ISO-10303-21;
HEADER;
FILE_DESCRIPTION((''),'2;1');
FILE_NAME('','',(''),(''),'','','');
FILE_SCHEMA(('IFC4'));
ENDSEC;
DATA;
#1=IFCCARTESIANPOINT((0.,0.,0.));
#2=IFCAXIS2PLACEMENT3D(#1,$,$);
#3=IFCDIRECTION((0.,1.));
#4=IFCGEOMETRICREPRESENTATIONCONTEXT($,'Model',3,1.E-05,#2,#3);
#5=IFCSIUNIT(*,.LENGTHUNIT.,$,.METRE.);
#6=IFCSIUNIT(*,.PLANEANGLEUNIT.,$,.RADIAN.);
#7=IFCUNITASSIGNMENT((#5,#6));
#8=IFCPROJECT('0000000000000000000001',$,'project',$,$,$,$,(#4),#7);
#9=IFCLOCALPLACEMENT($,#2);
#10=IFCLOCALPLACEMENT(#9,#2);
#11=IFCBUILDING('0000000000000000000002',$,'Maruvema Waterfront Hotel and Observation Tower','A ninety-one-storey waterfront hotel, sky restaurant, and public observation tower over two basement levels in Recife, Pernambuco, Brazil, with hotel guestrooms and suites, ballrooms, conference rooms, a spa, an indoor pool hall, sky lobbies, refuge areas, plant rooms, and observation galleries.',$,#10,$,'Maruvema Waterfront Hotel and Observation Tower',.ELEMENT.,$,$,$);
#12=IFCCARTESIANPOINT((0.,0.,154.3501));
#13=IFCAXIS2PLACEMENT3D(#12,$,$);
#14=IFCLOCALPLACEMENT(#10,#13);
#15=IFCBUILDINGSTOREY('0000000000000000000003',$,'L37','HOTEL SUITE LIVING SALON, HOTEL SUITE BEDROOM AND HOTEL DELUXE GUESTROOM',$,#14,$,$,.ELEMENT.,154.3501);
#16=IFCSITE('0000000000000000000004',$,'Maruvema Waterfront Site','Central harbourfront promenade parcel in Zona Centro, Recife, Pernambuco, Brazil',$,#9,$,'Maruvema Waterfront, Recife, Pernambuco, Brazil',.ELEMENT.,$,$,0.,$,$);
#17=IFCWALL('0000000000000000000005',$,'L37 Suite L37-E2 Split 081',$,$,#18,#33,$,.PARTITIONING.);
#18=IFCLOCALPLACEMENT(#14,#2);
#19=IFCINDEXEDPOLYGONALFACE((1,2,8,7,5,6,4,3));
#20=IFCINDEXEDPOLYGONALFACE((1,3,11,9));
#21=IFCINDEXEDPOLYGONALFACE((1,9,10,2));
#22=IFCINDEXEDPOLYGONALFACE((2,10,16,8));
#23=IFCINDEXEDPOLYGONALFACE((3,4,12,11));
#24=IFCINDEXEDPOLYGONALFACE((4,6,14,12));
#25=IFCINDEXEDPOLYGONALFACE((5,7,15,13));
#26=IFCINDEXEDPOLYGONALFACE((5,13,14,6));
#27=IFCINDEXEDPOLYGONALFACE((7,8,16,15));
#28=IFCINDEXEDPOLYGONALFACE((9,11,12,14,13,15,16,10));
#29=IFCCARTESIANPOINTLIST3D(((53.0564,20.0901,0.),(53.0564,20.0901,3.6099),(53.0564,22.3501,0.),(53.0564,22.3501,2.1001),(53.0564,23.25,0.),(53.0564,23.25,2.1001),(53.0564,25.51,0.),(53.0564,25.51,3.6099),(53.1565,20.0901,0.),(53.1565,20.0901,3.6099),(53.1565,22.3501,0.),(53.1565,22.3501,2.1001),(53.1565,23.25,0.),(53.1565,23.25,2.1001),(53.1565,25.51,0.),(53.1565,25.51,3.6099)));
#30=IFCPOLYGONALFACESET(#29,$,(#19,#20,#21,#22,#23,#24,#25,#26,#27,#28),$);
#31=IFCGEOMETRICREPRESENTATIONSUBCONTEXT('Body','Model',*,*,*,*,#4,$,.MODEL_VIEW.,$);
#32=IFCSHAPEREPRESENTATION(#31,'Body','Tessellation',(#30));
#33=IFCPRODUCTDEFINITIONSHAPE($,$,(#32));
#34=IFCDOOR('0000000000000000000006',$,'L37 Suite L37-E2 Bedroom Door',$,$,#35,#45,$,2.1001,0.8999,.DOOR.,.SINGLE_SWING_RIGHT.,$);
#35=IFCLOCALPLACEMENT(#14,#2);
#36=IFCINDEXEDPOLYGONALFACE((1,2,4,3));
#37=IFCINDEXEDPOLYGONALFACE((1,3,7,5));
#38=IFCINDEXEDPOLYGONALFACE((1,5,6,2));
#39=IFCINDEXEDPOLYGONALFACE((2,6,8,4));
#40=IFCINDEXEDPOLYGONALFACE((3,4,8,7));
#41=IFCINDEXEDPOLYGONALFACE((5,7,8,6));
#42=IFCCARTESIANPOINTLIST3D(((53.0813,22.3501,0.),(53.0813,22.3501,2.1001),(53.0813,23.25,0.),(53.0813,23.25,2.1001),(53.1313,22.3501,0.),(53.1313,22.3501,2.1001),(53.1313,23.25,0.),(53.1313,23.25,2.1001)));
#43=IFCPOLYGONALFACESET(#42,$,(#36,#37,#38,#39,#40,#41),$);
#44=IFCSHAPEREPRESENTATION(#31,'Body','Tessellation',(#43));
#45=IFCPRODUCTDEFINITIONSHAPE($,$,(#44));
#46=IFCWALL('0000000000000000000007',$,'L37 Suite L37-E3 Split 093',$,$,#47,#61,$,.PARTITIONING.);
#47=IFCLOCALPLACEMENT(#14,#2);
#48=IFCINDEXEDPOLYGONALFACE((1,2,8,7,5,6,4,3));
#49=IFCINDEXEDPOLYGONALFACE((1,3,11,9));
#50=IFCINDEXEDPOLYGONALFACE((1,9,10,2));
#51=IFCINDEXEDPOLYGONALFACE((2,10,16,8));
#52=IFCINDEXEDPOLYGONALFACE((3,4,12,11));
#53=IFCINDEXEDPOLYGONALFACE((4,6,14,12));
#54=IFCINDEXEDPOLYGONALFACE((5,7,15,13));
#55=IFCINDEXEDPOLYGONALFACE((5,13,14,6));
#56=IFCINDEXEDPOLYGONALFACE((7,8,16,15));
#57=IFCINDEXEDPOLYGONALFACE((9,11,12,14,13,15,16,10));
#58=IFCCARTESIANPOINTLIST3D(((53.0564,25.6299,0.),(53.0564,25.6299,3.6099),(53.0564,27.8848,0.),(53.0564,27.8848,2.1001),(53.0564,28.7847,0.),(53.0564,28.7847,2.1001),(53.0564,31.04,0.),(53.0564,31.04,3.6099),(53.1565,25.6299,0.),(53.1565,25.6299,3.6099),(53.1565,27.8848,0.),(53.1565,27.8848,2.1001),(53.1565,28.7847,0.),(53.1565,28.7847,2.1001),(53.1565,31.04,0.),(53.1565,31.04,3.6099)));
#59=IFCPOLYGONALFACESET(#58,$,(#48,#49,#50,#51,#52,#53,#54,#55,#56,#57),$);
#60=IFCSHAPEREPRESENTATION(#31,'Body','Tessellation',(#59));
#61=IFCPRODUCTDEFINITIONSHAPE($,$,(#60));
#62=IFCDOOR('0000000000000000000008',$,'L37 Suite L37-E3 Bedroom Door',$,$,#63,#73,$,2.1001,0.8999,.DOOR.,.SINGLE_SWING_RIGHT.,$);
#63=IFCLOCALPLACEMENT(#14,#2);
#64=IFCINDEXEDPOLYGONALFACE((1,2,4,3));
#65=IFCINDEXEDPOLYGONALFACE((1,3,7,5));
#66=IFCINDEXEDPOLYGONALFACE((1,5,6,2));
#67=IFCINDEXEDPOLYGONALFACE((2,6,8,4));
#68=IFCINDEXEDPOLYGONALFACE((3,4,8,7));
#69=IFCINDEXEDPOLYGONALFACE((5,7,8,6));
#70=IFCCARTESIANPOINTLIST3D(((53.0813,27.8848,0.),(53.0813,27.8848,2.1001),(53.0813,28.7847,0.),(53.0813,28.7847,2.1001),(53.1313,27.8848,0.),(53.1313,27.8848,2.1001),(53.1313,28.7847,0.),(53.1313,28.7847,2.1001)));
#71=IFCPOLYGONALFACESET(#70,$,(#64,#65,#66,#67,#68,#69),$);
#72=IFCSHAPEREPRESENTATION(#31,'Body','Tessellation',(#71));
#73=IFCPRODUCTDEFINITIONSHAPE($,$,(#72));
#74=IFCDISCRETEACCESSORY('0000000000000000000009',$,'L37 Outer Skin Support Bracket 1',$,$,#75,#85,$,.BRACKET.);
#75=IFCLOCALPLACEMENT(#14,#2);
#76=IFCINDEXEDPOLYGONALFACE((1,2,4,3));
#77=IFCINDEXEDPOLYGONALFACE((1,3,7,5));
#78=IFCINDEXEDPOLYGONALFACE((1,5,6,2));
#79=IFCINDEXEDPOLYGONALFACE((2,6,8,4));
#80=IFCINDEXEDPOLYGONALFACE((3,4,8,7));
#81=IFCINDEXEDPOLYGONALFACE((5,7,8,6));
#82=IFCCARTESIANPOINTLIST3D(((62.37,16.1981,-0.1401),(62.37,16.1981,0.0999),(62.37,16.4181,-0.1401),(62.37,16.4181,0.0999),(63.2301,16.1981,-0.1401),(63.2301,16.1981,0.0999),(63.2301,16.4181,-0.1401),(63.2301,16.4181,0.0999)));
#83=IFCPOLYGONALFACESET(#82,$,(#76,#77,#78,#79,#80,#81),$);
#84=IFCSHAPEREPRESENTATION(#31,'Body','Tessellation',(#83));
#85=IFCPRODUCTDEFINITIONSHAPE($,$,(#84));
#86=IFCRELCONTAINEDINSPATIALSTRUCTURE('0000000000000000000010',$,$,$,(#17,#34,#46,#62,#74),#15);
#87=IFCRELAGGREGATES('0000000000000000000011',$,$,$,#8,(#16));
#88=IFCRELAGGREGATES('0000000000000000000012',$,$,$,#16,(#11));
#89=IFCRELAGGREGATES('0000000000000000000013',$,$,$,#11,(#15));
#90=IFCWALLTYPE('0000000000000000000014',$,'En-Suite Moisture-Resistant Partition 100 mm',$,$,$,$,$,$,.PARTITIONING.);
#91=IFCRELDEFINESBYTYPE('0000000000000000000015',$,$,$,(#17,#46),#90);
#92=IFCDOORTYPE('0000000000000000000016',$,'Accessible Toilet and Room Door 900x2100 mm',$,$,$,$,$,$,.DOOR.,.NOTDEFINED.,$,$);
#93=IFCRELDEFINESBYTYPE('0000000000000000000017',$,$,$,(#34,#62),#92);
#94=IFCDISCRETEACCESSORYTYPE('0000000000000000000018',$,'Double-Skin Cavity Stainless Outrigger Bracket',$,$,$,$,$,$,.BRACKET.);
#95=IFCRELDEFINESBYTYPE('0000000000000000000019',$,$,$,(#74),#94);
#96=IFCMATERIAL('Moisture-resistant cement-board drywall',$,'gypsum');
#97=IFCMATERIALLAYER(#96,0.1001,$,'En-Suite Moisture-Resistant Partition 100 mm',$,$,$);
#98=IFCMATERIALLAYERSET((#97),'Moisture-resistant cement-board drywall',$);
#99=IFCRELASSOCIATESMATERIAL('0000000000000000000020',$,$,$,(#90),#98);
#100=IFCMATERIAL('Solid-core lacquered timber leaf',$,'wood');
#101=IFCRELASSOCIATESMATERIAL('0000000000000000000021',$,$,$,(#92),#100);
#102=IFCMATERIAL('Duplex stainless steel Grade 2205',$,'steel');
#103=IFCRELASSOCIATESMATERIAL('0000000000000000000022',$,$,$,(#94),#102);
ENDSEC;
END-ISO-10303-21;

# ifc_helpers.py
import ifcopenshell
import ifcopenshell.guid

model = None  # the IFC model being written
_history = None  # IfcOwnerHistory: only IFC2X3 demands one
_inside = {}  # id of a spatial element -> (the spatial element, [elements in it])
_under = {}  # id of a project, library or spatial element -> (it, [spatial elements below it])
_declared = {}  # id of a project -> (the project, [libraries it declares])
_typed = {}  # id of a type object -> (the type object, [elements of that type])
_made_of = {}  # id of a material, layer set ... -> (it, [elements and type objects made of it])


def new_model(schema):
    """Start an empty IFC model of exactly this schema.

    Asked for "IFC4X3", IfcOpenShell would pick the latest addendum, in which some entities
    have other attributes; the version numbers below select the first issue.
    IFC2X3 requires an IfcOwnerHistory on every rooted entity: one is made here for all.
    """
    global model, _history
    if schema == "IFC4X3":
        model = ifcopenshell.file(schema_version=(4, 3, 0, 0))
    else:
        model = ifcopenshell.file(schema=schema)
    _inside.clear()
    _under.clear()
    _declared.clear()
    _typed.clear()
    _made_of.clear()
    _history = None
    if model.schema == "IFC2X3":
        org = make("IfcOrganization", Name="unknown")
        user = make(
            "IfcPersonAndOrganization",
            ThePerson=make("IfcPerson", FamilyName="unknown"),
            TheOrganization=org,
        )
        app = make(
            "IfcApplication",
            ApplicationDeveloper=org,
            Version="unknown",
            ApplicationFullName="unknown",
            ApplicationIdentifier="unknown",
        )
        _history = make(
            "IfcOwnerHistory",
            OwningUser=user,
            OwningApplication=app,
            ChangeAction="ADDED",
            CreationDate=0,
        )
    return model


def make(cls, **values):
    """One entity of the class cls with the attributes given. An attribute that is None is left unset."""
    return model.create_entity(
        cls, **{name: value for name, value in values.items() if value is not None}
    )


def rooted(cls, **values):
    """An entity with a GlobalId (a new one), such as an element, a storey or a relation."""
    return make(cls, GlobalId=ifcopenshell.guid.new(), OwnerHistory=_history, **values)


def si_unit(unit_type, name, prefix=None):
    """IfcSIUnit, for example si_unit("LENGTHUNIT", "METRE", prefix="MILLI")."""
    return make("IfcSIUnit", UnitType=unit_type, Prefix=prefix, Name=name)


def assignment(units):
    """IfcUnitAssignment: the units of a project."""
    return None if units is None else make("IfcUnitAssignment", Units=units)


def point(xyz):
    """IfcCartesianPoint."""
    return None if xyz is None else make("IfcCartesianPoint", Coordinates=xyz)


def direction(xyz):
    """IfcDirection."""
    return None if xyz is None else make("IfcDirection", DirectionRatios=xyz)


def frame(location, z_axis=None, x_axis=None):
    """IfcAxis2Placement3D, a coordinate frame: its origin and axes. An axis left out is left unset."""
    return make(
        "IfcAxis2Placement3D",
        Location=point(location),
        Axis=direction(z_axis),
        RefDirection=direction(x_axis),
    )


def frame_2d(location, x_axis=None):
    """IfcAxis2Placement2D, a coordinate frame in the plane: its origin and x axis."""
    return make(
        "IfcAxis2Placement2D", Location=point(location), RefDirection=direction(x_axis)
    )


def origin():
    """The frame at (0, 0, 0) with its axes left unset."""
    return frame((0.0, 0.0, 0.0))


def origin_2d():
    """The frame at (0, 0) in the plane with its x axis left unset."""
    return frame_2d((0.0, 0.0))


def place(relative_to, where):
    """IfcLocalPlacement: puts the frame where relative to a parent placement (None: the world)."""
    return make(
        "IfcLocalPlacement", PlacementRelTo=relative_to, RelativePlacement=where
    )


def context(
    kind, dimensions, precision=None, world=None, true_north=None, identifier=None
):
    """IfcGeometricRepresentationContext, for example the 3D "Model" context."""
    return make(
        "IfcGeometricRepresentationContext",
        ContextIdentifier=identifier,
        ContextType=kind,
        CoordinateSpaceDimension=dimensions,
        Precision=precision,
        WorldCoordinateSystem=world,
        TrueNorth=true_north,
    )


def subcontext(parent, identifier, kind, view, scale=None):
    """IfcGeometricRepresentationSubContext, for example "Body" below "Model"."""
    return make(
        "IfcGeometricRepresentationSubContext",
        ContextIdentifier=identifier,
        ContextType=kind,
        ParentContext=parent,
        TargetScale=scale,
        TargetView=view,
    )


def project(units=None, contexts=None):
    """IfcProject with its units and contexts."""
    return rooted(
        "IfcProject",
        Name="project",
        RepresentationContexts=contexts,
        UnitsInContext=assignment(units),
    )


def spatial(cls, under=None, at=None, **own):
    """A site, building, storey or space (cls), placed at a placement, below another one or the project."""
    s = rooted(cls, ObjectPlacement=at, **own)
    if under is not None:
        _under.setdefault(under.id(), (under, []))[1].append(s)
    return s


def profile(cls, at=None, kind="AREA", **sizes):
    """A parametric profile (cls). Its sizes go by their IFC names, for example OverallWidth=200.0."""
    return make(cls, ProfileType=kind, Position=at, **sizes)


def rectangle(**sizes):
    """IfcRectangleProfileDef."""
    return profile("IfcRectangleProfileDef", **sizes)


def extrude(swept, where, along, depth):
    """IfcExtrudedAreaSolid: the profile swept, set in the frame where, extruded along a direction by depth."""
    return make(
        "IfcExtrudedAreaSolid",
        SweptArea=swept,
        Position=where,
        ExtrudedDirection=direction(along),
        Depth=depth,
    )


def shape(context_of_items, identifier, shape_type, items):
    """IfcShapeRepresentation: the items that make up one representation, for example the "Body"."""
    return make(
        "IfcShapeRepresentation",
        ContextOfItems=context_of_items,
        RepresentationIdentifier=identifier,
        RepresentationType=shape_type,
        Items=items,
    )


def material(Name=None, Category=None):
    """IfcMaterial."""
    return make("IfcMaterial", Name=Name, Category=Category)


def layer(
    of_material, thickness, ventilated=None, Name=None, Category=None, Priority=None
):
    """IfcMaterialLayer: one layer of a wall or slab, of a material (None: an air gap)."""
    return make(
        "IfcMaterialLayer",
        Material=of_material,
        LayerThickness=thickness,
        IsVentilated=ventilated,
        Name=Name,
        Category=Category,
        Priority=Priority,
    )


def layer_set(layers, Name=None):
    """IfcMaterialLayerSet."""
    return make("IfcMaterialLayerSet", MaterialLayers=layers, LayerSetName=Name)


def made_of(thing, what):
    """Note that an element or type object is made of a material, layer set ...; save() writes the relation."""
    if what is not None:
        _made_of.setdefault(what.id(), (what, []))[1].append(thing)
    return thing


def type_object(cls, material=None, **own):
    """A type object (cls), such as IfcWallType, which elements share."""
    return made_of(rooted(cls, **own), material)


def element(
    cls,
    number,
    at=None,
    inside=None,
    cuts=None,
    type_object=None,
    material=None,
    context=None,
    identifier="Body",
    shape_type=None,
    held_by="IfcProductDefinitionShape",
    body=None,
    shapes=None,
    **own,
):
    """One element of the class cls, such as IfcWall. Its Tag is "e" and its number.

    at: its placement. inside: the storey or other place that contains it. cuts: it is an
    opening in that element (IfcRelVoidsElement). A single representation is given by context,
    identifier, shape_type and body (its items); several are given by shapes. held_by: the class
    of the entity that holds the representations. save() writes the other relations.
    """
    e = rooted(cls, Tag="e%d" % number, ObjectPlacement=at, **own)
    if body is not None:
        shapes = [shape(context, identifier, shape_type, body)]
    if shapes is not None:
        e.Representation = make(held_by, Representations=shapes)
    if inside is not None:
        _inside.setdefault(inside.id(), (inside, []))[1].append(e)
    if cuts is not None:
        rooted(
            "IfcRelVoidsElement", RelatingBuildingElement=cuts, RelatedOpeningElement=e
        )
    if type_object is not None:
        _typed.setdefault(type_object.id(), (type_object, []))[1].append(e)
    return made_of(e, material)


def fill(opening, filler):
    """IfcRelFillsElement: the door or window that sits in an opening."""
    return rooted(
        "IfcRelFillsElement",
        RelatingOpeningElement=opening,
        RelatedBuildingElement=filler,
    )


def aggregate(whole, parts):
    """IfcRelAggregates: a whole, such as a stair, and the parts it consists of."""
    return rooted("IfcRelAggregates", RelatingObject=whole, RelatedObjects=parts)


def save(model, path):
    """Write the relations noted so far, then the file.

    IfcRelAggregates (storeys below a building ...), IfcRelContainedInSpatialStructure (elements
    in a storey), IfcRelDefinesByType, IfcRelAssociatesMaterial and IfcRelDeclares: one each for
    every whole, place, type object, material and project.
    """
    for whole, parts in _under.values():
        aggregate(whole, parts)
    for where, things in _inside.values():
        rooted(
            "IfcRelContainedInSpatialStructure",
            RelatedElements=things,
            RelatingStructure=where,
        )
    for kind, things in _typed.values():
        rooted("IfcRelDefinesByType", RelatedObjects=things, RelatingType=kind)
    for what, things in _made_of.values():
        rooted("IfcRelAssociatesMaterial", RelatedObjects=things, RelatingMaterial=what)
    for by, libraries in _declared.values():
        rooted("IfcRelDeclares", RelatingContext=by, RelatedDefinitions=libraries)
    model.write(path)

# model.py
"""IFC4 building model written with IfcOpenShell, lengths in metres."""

from ifc_helpers import new_model, si_unit, direction, frame, frame_2d, origin, origin_2d, place, context, subcontext, project, spatial, rectangle, extrude, material, layer, layer_set, type_object, element, fill, save


model = new_model("IFC4")

# Units and contexts
model_context = context("Model", 3, precision=1e-05, world=origin(), true_north=direction((0.0, 1.0)))
body_context = subcontext(model_context, "Body", "Model", "MODEL_VIEW")
ifc_project = project(units=[si_unit("LENGTHUNIT", "METRE"), si_unit("PLANEANGLEUNIT", "RADIAN")], contexts=[model_context])

# Site, building, storey
site_placement = place(None, origin())
site = spatial("IfcSite", under=ifc_project, at=site_placement, Name="Maruvema Waterfront Site", Description="Central harbourfront promenade parcel in Zona Centro, Recife, Pernambuco, Brazil", LongName="Maruvema Waterfront, Recife, Pernambuco, Brazil", CompositionType="ELEMENT", RefElevation=0.0)
building_placement = place(site_placement, origin())
building = spatial("IfcBuilding", under=site, at=building_placement, Name="Maruvema Waterfront Hotel and Observation Tower", Description="A ninety-one-storey waterfront hotel, sky restaurant, and public observation tower over two basement levels in Recife, Pernambuco, Brazil, with hotel guestrooms and suites, ballrooms, conference rooms, a spa, an indoor pool hall, sky lobbies, refuge areas, plant rooms, and observation galleries.", LongName="Maruvema Waterfront Hotel and Observation Tower", CompositionType="ELEMENT")
storey_placement = place(building_placement, frame((0.0, 0.0, 154.3501)))
storey = spatial("IfcBuildingStorey", under=building, at=storey_placement, Name="L37", Description="HOTEL SUITE LIVING SALON, HOTEL SUITE BEDROOM AND HOTEL DELUXE GUESTROOM", CompositionType="ELEMENT", Elevation=154.3501)

# Walls, openings, doors
ifc_material_1 = material(Name="Moisture-resistant cement-board drywall", Category="gypsum")
ifc_layer_1 = layer(ifc_material_1, 0.1001, Name="En-Suite Moisture-Resistant Partition 100 mm")
ifc_layer_set_1 = layer_set([ifc_layer_1], Name="Moisture-resistant cement-board drywall")
wall_type = type_object("IfcWallType", Name="En-Suite Moisture-Resistant Partition 100 mm", PredefinedType="PARTITIONING", material=ifc_layer_set_1)
wall_1_placement = place(storey_placement, frame((53.1064, 20.0901, 0.0), z_axis=(0.0, 0.0, 1.0), x_axis=(0.0, 1.0, 0.0)))
wall_1 = element("IfcWall", 1, at=wall_1_placement, inside=storey, type_object=wall_type, Name="L37 Suite L37-E2 Split 081", PredefinedType="PARTITIONING", context=body_context, shape_type="SweptSolid", body=[
    extrude(rectangle(XDim=5.4199, YDim=0.1001, at=frame_2d((2.71, 0.0))), origin(), (0.0, 0.0, 1.0), 3.6099),
])
opening_1_placement = place(wall_1_placement, frame((2.26, 0.0, 0.0)))
opening_1 = element("IfcOpeningElement", 2, at=opening_1_placement, cuts=wall_1, PredefinedType="OPENING", context=body_context, shape_type="SweptSolid", body=[
    extrude(rectangle(XDim=0.8999, YDim=2.1001, at=frame_2d((0.45, 1.05))), frame((0.0, 0.0601, 0.0), z_axis=(0.0, -1.0, 0.0), x_axis=(1.0, 0.0, 0.0)), (0.0, 0.0, 1.0), 0.1201),
])
ifc_material_2 = material(Name="Solid-core lacquered timber leaf", Category="wood")
door_type = type_object("IfcDoorType", Name="Accessible Toilet and Room Door 900x2100 mm", OperationType="NOTDEFINED", PredefinedType="DOOR", material=ifc_material_2)
door_1_placement = place(opening_1_placement, frame((0.8999, 0.0, 0.0), z_axis=(0.0, 0.0, 1.0), x_axis=(-1.0, 0.0, 0.0)))
door_1 = element("IfcDoor", 3, at=door_1_placement, inside=storey, type_object=door_type, Name="L37 Suite L37-E2 Bedroom Door", OperationType="SINGLE_SWING_RIGHT", OverallHeight=2.1001, OverallWidth=0.8999, PredefinedType="DOOR", context=body_context, shape_type="SweptSolid", body=[
    extrude(rectangle(XDim=0.8999, YDim=2.1001, at=frame_2d((0.45, 1.05))), frame((0.0, 0.0249, 0.0), z_axis=(0.0, -1.0, 0.0), x_axis=(1.0, 0.0, 0.0)), (0.0, 0.0, 1.0), 0.05),
])
fill(opening_1, door_1)
wall_2_placement = place(storey_placement, frame((53.1064, 25.6299, 0.0), z_axis=(0.0, 0.0, 1.0), x_axis=(0.0, 1.0, 0.0)))
wall_2 = element("IfcWall", 4, at=wall_2_placement, inside=storey, type_object=wall_type, Name="L37 Suite L37-E3 Split 093", PredefinedType="PARTITIONING", context=body_context, shape_type="SweptSolid", body=[
    extrude(rectangle(XDim=5.4102, YDim=0.1001, at=frame_2d((2.7051, 0.0))), origin(), (0.0, 0.0, 1.0), 3.6099),
])
opening_2_placement = place(wall_2_placement, frame((2.2549, 0.0, 0.0)))
opening_2 = element("IfcOpeningElement", 5, at=opening_2_placement, cuts=wall_2, PredefinedType="OPENING", context=body_context, shape_type="SweptSolid", body=[
    extrude(rectangle(XDim=0.8999, YDim=2.1001, at=frame_2d((0.45, 1.05))), frame((0.0, 0.0601, 0.0), z_axis=(0.0, -1.0, 0.0), x_axis=(1.0, 0.0, 0.0)), (0.0, 0.0, 1.0), 0.1201),
])
door_2_placement = place(opening_2_placement, frame((0.8999, 0.0, 0.0), z_axis=(0.0, 0.0, 1.0), x_axis=(-1.0, 0.0, 0.0)))
door_2 = element("IfcDoor", 6, at=door_2_placement, inside=storey, type_object=door_type, Name="L37 Suite L37-E3 Bedroom Door", OperationType="SINGLE_SWING_RIGHT", OverallHeight=2.1001, OverallWidth=0.8999, PredefinedType="DOOR", context=body_context, shape_type="SweptSolid", body=[
    extrude(rectangle(XDim=0.8999, YDim=2.1001, at=frame_2d((0.45, 1.05))), frame((0.0, 0.0249, 0.0), z_axis=(0.0, -1.0, 0.0), x_axis=(1.0, 0.0, 0.0)), (0.0, 0.0, 1.0), 0.05),
])
fill(opening_2, door_2)

# Discrete accessory
ifc_material_3 = material(Name="Duplex stainless steel Grade 2205", Category="steel")
discrete_accessory_type = type_object("IfcDiscreteAccessoryType", Name="Double-Skin Cavity Stainless Outrigger Bracket", PredefinedType="BRACKET", material=ifc_material_3)
discrete_accessory_placement = place(storey_placement, frame((62.8, 16.3081, -0.1401), z_axis=(0.0, 0.0, 1.0), x_axis=(0.0, 1.0, 0.0)))
element("IfcDiscreteAccessory", 7, at=discrete_accessory_placement, inside=storey, type_object=discrete_accessory_type, Name="L37 Outer Skin Support Bracket 1", PredefinedType="BRACKET", context=body_context, shape_type="SweptSolid", body=[
    extrude(rectangle(XDim=0.22, YDim=0.8601, at=origin_2d()), origin(), (0.0, 0.0, 1.0), 0.24),
])

save(model, "model.ifc")
